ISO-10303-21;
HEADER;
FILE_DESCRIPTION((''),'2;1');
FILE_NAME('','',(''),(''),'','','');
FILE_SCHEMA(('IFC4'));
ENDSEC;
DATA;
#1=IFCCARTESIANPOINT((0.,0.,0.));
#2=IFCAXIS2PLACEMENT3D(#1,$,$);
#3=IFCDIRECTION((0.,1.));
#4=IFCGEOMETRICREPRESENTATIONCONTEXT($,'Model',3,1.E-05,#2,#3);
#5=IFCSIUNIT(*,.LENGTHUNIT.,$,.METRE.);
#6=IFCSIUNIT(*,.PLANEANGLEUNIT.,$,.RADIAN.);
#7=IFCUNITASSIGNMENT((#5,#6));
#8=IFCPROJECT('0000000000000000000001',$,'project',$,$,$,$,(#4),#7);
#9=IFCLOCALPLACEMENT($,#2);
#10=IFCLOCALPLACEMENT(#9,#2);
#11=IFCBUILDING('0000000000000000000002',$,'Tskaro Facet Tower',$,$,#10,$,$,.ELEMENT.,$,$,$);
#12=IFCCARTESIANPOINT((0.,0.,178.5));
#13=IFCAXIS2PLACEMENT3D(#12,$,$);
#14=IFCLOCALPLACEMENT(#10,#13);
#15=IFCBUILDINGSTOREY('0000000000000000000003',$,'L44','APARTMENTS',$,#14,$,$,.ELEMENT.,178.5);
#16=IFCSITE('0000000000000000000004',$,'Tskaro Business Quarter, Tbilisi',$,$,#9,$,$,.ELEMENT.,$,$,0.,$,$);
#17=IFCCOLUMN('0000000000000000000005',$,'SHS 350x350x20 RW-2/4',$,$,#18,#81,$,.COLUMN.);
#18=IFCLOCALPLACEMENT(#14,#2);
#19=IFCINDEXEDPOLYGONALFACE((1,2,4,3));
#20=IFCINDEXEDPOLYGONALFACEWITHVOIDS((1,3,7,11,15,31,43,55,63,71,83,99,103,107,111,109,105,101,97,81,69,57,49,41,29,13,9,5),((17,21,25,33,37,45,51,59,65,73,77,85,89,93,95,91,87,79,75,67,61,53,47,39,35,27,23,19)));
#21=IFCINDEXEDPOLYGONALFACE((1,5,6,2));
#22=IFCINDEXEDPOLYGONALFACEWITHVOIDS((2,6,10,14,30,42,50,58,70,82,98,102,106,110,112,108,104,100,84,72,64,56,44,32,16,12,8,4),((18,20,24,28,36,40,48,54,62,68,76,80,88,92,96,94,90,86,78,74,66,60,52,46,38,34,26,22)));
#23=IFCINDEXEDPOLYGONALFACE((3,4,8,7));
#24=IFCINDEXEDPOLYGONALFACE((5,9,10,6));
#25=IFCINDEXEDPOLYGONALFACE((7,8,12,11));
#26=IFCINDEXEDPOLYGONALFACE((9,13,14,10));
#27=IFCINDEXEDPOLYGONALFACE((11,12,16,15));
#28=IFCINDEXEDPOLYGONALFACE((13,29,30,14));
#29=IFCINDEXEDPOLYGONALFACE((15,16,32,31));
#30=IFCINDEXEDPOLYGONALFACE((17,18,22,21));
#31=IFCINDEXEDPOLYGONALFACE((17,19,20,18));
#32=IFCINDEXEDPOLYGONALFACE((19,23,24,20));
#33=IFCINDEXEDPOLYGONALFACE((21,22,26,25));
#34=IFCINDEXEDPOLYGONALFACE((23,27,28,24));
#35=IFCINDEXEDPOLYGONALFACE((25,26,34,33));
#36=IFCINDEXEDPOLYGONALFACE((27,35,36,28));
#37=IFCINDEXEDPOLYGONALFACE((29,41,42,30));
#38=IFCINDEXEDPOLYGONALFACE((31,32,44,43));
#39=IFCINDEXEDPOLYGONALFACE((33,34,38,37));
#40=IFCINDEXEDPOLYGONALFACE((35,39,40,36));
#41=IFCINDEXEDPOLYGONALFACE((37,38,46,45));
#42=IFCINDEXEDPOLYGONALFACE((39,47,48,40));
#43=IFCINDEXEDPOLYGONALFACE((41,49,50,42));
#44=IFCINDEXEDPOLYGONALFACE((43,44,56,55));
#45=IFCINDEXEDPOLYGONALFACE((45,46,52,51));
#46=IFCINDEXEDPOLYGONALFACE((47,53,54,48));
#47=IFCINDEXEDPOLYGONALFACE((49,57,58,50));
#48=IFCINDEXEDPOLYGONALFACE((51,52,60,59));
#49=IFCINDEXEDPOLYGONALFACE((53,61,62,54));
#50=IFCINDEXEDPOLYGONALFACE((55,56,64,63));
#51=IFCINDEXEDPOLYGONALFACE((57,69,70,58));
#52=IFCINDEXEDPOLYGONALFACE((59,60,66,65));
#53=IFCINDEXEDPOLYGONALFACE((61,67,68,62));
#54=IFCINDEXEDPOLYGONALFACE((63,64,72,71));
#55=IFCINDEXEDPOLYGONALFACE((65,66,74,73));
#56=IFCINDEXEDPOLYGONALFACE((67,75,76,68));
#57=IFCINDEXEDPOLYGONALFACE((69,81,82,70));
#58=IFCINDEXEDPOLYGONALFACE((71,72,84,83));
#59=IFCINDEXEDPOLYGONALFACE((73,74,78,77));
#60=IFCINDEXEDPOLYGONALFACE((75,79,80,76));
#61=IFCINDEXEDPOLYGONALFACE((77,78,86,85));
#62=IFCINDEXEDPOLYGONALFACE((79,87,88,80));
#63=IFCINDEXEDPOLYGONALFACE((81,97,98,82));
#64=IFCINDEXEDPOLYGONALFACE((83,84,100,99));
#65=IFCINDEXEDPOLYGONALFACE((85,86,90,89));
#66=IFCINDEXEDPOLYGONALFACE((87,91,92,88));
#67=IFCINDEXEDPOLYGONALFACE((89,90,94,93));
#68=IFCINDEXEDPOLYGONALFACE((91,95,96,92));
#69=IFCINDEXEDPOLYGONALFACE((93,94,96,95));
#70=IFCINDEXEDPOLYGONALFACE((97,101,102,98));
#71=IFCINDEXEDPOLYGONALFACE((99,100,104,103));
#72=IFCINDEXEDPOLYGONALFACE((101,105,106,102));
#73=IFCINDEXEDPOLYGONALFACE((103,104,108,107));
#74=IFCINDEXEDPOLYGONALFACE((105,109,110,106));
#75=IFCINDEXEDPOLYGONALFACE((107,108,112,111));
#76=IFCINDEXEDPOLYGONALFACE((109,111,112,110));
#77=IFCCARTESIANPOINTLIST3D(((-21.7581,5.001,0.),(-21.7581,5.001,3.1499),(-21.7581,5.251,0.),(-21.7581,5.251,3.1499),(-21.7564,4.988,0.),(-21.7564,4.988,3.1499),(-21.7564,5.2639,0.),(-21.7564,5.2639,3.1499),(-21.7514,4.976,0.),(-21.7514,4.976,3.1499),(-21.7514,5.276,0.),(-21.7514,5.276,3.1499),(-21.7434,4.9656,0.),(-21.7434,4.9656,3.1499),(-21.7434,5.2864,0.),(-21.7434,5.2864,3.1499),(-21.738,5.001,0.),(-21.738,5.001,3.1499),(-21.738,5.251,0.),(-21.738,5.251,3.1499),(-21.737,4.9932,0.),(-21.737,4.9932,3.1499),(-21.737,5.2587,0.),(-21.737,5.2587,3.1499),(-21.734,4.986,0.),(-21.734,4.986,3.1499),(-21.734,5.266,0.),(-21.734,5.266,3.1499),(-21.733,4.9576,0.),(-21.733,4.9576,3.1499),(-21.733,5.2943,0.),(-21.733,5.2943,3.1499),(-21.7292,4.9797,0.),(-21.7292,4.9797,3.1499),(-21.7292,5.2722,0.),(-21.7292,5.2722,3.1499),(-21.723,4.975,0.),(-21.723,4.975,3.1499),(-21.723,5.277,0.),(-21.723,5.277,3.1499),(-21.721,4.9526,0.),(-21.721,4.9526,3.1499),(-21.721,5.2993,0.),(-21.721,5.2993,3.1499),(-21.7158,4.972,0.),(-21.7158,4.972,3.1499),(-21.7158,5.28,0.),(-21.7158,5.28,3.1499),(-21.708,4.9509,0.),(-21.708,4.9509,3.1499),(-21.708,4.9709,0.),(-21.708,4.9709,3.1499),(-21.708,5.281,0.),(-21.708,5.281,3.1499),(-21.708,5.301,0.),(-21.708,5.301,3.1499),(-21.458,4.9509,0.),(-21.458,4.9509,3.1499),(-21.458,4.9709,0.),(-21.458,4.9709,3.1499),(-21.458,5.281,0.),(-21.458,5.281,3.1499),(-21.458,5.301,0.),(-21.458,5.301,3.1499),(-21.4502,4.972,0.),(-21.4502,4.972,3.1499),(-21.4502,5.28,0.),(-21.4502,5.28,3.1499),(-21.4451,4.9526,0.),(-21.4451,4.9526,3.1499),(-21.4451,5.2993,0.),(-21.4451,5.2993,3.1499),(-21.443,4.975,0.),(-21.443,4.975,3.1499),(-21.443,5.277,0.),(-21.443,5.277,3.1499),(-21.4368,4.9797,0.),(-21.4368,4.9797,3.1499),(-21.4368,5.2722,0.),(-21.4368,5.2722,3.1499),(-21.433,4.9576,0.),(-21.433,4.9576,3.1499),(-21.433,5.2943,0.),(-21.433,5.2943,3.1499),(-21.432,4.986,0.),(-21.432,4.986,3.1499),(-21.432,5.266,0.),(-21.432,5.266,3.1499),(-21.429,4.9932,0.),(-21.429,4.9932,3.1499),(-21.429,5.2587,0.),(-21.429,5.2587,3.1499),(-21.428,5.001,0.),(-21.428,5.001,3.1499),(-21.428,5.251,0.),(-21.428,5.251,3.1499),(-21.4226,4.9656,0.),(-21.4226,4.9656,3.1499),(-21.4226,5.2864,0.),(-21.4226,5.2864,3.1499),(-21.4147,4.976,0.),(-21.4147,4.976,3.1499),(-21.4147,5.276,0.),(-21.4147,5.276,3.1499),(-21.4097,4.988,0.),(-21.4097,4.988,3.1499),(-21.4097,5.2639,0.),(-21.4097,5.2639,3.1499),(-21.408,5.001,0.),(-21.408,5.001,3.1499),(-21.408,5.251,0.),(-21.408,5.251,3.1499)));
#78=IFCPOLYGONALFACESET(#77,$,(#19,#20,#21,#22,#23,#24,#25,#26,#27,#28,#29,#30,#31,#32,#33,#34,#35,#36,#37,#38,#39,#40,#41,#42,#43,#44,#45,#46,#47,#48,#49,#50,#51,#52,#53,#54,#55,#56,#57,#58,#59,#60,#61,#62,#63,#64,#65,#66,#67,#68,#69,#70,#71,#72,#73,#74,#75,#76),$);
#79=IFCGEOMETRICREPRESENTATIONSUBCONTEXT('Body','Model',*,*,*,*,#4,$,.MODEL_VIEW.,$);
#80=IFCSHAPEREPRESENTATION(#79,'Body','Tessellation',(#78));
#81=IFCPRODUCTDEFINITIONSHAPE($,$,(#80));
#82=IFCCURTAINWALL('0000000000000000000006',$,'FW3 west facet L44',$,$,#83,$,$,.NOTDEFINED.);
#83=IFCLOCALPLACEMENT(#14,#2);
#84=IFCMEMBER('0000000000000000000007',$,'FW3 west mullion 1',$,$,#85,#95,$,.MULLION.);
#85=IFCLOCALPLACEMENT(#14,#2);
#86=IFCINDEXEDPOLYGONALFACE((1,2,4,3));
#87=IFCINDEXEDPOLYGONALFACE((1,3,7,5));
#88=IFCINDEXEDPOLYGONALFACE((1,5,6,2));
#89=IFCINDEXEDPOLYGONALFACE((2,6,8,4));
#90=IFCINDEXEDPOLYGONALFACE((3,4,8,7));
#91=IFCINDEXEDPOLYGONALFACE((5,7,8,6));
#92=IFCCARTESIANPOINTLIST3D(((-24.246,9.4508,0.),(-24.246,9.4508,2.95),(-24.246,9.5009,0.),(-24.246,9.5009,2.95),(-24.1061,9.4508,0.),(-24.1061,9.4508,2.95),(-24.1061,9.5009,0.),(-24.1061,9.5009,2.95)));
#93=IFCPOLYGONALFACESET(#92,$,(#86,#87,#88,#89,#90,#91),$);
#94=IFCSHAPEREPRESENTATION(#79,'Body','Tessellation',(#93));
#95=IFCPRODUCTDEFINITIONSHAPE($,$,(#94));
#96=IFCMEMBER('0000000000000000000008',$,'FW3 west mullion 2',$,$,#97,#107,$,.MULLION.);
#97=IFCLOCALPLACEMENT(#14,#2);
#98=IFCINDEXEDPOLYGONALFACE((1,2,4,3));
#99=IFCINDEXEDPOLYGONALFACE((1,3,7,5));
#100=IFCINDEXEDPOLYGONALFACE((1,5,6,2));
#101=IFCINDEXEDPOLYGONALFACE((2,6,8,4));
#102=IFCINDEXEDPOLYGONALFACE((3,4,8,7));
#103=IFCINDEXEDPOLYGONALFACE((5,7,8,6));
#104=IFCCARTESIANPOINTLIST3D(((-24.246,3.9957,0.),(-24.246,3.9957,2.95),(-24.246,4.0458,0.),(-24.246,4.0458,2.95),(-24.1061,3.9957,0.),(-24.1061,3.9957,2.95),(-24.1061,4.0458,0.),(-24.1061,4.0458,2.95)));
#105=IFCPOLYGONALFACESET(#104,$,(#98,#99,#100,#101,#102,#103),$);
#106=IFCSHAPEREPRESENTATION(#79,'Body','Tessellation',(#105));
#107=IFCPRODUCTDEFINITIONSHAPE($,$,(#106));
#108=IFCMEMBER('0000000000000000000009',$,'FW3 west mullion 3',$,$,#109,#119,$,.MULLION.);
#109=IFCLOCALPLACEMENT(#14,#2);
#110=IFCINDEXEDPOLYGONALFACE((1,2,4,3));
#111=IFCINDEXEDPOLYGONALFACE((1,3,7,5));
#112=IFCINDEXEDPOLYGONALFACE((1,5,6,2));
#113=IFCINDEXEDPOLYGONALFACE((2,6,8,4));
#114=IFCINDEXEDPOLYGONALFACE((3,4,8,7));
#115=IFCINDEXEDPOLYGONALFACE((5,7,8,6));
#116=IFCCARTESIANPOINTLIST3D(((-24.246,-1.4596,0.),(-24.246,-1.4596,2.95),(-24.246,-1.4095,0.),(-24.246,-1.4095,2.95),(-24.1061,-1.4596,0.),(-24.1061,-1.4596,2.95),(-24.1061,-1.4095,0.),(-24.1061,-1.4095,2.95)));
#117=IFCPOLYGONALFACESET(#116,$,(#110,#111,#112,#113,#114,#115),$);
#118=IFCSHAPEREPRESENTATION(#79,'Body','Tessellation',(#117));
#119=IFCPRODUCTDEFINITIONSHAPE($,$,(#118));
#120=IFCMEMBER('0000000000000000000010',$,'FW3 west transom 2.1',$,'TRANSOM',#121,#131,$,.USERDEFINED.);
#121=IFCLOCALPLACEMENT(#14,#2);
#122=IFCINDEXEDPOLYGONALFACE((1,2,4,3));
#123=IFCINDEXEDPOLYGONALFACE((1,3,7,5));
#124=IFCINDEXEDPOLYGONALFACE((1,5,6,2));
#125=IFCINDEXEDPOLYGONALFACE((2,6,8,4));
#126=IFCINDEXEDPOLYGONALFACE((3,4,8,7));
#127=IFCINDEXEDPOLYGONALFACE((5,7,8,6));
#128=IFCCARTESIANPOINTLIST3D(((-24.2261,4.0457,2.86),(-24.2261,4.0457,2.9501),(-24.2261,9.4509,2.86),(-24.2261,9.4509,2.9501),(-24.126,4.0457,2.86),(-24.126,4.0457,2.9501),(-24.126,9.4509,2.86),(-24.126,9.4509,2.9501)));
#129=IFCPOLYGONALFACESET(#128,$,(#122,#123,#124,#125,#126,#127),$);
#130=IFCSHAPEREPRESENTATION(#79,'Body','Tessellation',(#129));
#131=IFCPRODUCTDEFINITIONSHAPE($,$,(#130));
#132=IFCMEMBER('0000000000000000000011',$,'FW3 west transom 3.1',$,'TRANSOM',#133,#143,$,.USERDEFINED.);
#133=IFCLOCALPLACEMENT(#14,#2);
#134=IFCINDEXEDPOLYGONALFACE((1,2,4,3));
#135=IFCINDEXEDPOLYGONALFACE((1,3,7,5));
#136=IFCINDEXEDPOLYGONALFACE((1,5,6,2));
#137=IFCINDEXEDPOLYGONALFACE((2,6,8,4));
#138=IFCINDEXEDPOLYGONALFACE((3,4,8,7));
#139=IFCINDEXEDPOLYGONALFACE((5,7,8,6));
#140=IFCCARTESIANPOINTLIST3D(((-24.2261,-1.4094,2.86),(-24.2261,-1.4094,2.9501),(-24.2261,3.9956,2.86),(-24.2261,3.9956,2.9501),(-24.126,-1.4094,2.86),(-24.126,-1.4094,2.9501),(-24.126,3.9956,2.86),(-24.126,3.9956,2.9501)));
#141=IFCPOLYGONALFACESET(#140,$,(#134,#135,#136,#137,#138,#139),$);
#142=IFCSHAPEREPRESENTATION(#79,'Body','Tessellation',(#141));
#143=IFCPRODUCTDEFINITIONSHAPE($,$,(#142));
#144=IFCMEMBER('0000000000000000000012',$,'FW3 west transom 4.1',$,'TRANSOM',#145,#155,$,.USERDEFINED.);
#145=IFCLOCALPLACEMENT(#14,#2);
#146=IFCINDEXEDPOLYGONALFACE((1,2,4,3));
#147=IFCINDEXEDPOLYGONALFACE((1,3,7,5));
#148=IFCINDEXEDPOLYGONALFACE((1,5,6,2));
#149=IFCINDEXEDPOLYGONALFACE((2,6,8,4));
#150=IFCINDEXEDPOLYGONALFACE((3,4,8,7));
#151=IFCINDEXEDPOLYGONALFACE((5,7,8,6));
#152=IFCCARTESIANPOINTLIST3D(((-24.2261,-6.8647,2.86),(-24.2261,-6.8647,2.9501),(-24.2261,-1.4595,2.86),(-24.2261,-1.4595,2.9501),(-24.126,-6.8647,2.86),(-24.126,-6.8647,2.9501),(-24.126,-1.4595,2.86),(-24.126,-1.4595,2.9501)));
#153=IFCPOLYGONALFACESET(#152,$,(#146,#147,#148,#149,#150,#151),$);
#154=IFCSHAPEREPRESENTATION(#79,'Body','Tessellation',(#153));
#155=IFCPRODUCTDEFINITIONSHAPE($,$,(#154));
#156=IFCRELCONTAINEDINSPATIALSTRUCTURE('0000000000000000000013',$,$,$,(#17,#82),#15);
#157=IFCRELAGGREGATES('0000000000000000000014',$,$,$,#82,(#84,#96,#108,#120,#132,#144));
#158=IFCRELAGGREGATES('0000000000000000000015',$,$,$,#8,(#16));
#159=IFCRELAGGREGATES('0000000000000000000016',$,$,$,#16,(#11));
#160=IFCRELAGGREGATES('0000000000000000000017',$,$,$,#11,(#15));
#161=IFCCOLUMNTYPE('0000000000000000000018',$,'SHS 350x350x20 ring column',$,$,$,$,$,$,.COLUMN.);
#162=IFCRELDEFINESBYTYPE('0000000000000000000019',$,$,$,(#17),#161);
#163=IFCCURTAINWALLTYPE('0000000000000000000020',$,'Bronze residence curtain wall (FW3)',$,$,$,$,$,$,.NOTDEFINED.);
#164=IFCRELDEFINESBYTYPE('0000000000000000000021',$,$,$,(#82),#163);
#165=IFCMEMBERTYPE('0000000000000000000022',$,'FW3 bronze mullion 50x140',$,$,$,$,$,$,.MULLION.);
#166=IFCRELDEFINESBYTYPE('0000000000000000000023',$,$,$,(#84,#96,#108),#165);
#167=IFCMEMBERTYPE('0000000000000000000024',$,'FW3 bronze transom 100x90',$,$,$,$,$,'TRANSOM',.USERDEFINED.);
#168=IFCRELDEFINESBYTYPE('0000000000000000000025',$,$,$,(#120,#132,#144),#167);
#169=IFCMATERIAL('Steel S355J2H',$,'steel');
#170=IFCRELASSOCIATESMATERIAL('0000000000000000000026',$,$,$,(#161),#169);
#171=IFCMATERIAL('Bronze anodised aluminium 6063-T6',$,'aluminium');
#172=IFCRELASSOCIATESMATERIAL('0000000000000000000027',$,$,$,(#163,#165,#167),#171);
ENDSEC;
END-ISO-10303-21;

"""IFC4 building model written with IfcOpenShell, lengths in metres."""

from ifc_helpers import new_model, si_unit, direction, frame, origin, origin_2d, place, context, subcontext, project, spatial, rectangle, hollow_rectangle, extrude, material, material_profile, profile_set, type_object, element, aggregate, save


model = new_model("IFC4")

# Units and contexts
model_context = context("Model", 3, precision=1e-05, world=origin(), true_north=direction((0.0, 1.0)))
body_context = subcontext(model_context, "Body", "Model", "MODEL_VIEW")
ifc_project = project(units=[si_unit("LENGTHUNIT", "METRE"), si_unit("PLANEANGLEUNIT", "RADIAN")], contexts=[model_context])

# Site, building, storey
site_placement = place(None, origin())
site = spatial("IfcSite", under=ifc_project, at=site_placement, Name="Tskaro Business Quarter, Tbilisi", CompositionType="ELEMENT", RefElevation=0.0)
building_placement = place(site_placement, origin())
building = spatial("IfcBuilding", under=site, at=building_placement, Name="Tskaro Facet Tower", CompositionType="ELEMENT")
storey_placement = place(building_placement, frame((0.0, 0.0, 178.5)))
storey = spatial("IfcBuildingStorey", under=building, at=storey_placement, Name="L44", Description="APARTMENTS", CompositionType="ELEMENT", Elevation=178.5)

# Column
ifc_material_1 = material(Name="Steel S355J2H", Category="steel")
ifc_material_profile_1 = material_profile(ifc_material_1, hollow_rectangle(XDim=0.3501, YDim=0.3501, WallThickness=0.02, InnerFilletRadius=0.03, OuterFilletRadius=0.05, at=origin_2d()), Name="SHS 350x350x20")
ifc_profile_set_1 = profile_set([ifc_material_profile_1], Name="Steel S355J2H")
column_type_1 = type_object("IfcColumnType", Name="SHS 350x350x20 ring column", PredefinedType="COLUMN", material=ifc_profile_set_1)
column_1_placement = place(storey_placement, frame((-21.583, 5.126, 0.0), z_axis=(0.0, 0.0, 1.0), x_axis=(1.0, 0.0, 0.0)))
element("IfcColumn", 1, at=column_1_placement, inside=storey, type_object=column_type_1, Name="SHS 350x350x20 RW-2/4", PredefinedType="COLUMN", context=body_context, shape_type="SweptSolid", body=[
    extrude(hollow_rectangle(XDim=0.3501, YDim=0.3501, WallThickness=0.02, InnerFilletRadius=0.03, OuterFilletRadius=0.05, at=origin_2d()), origin(), (0.0, 0.0, 1.0), 3.1499),
])

# Curtain wall, members
ifc_material_2 = material(Name="Bronze anodised aluminium 6063-T6", Category="aluminium")
curtain_wall_type = type_object("IfcCurtainWallType", Name="Bronze residence curtain wall (FW3)", PredefinedType="NOTDEFINED", material=ifc_material_2)
curtain_wall_placement = place(storey_placement, origin())
curtain_wall = element("IfcCurtainWall", 2, at=curtain_wall_placement, inside=storey, type_object=curtain_wall_type, Name="FW3 west facet L44", PredefinedType="NOTDEFINED")
ifc_material_profile_2 = material_profile(ifc_material_2, rectangle(XDim=0.05, YDim=0.1399, at=origin_2d()), Name="Mullion 50x140")
ifc_profile_set_2 = profile_set([ifc_material_profile_2], Name="Bronze anodised aluminium 6063-T6")
member_type_1 = type_object("IfcMemberType", Name="FW3 bronze mullion 50x140", PredefinedType="MULLION", material=ifc_profile_set_2)
member_1_placement = place(storey_placement, frame((-24.176, 9.4758, 0.0), z_axis=(0.0, 0.0, 1.0), x_axis=(0.0, -1.0, 0.0)))
member_1 = element("IfcMember", 3, at=member_1_placement, type_object=member_type_1, Name="FW3 west mullion 1", PredefinedType="MULLION", context=body_context, shape_type="SweptSolid", body=[
    extrude(rectangle(XDim=0.05, YDim=0.1399, at=origin_2d()), origin(), (0.0, 0.0, 1.0), 2.95),
])
member_2_placement = place(storey_placement, frame((-24.176, 4.0208, 0.0), z_axis=(0.0, 0.0, 1.0), x_axis=(0.0, -1.0, 0.0)))
member_2 = element("IfcMember", 4, at=member_2_placement, type_object=member_type_1, Name="FW3 west mullion 2", PredefinedType="MULLION", context=body_context, shape_type="SweptSolid", body=[
    extrude(rectangle(XDim=0.05, YDim=0.1399, at=origin_2d()), origin(), (0.0, 0.0, 1.0), 2.95),
])
member_3_placement = place(storey_placement, frame((-24.176, -1.4346, 0.0), z_axis=(0.0, 0.0, 1.0), x_axis=(0.0, -1.0, 0.0)))
member_3 = element("IfcMember", 5, at=member_3_placement, type_object=member_type_1, Name="FW3 west mullion 3", PredefinedType="MULLION", context=body_context, shape_type="SweptSolid", body=[
    extrude(rectangle(XDim=0.05, YDim=0.1399, at=origin_2d()), origin(), (0.0, 0.0, 1.0), 2.95),
])
ifc_material_profile_3 = material_profile(ifc_material_2, rectangle(XDim=0.1001, YDim=0.0901, at=origin_2d()), Name="Transom 100x90")
ifc_profile_set_3 = profile_set([ifc_material_profile_3], Name="Bronze anodised aluminium 6063-T6")
member_type_2 = type_object("IfcMemberType", Name="FW3 bronze transom 100x90", ElementType="TRANSOM", PredefinedType="USERDEFINED", material=ifc_profile_set_3)
member_4_placement = place(storey_placement, frame((-24.176, 9.4509, 2.905), z_axis=(0.0, -1.0, 0.0), x_axis=(1.0, 0.0, 0.0)))
member_4 = element("IfcMember", 6, at=member_4_placement, type_object=member_type_2, Name="FW3 west transom 2.1", ObjectType="TRANSOM", PredefinedType="USERDEFINED", context=body_context, shape_type="SweptSolid", body=[
    extrude(rectangle(XDim=0.1001, YDim=0.0901, at=origin_2d()), origin(), (0.0, 0.0, 1.0), 5.4053),
])
member_5_placement = place(storey_placement, frame((-24.176, 3.9956, 2.905), z_axis=(0.0, -1.0, 0.0), x_axis=(1.0, 0.0, 0.0)))
member_5 = element("IfcMember", 7, at=member_5_placement, type_object=member_type_2, Name="FW3 west transom 3.1", ObjectType="TRANSOM", PredefinedType="USERDEFINED", context=body_context, shape_type="SweptSolid", body=[
    extrude(rectangle(XDim=0.1001, YDim=0.0901, at=origin_2d()), origin(), (0.0, 0.0, 1.0), 5.405),
])
member_6_placement = place(storey_placement, frame((-24.176, -1.4595, 2.905), z_axis=(0.0, -1.0, 0.0), x_axis=(1.0, 0.0, 0.0)))
member_6 = element("IfcMember", 8, at=member_6_placement, type_object=member_type_2, Name="FW3 west transom 4.1", ObjectType="TRANSOM", PredefinedType="USERDEFINED", context=body_context, shape_type="SweptSolid", body=[
    extrude(rectangle(XDim=0.1001, YDim=0.0901, at=origin_2d()), origin(), (0.0, 0.0, 1.0), 5.4053),
])

aggregate(curtain_wall, [member_1, member_2, member_3, member_4, member_5, member_6])

save(model, "model.ifc")
